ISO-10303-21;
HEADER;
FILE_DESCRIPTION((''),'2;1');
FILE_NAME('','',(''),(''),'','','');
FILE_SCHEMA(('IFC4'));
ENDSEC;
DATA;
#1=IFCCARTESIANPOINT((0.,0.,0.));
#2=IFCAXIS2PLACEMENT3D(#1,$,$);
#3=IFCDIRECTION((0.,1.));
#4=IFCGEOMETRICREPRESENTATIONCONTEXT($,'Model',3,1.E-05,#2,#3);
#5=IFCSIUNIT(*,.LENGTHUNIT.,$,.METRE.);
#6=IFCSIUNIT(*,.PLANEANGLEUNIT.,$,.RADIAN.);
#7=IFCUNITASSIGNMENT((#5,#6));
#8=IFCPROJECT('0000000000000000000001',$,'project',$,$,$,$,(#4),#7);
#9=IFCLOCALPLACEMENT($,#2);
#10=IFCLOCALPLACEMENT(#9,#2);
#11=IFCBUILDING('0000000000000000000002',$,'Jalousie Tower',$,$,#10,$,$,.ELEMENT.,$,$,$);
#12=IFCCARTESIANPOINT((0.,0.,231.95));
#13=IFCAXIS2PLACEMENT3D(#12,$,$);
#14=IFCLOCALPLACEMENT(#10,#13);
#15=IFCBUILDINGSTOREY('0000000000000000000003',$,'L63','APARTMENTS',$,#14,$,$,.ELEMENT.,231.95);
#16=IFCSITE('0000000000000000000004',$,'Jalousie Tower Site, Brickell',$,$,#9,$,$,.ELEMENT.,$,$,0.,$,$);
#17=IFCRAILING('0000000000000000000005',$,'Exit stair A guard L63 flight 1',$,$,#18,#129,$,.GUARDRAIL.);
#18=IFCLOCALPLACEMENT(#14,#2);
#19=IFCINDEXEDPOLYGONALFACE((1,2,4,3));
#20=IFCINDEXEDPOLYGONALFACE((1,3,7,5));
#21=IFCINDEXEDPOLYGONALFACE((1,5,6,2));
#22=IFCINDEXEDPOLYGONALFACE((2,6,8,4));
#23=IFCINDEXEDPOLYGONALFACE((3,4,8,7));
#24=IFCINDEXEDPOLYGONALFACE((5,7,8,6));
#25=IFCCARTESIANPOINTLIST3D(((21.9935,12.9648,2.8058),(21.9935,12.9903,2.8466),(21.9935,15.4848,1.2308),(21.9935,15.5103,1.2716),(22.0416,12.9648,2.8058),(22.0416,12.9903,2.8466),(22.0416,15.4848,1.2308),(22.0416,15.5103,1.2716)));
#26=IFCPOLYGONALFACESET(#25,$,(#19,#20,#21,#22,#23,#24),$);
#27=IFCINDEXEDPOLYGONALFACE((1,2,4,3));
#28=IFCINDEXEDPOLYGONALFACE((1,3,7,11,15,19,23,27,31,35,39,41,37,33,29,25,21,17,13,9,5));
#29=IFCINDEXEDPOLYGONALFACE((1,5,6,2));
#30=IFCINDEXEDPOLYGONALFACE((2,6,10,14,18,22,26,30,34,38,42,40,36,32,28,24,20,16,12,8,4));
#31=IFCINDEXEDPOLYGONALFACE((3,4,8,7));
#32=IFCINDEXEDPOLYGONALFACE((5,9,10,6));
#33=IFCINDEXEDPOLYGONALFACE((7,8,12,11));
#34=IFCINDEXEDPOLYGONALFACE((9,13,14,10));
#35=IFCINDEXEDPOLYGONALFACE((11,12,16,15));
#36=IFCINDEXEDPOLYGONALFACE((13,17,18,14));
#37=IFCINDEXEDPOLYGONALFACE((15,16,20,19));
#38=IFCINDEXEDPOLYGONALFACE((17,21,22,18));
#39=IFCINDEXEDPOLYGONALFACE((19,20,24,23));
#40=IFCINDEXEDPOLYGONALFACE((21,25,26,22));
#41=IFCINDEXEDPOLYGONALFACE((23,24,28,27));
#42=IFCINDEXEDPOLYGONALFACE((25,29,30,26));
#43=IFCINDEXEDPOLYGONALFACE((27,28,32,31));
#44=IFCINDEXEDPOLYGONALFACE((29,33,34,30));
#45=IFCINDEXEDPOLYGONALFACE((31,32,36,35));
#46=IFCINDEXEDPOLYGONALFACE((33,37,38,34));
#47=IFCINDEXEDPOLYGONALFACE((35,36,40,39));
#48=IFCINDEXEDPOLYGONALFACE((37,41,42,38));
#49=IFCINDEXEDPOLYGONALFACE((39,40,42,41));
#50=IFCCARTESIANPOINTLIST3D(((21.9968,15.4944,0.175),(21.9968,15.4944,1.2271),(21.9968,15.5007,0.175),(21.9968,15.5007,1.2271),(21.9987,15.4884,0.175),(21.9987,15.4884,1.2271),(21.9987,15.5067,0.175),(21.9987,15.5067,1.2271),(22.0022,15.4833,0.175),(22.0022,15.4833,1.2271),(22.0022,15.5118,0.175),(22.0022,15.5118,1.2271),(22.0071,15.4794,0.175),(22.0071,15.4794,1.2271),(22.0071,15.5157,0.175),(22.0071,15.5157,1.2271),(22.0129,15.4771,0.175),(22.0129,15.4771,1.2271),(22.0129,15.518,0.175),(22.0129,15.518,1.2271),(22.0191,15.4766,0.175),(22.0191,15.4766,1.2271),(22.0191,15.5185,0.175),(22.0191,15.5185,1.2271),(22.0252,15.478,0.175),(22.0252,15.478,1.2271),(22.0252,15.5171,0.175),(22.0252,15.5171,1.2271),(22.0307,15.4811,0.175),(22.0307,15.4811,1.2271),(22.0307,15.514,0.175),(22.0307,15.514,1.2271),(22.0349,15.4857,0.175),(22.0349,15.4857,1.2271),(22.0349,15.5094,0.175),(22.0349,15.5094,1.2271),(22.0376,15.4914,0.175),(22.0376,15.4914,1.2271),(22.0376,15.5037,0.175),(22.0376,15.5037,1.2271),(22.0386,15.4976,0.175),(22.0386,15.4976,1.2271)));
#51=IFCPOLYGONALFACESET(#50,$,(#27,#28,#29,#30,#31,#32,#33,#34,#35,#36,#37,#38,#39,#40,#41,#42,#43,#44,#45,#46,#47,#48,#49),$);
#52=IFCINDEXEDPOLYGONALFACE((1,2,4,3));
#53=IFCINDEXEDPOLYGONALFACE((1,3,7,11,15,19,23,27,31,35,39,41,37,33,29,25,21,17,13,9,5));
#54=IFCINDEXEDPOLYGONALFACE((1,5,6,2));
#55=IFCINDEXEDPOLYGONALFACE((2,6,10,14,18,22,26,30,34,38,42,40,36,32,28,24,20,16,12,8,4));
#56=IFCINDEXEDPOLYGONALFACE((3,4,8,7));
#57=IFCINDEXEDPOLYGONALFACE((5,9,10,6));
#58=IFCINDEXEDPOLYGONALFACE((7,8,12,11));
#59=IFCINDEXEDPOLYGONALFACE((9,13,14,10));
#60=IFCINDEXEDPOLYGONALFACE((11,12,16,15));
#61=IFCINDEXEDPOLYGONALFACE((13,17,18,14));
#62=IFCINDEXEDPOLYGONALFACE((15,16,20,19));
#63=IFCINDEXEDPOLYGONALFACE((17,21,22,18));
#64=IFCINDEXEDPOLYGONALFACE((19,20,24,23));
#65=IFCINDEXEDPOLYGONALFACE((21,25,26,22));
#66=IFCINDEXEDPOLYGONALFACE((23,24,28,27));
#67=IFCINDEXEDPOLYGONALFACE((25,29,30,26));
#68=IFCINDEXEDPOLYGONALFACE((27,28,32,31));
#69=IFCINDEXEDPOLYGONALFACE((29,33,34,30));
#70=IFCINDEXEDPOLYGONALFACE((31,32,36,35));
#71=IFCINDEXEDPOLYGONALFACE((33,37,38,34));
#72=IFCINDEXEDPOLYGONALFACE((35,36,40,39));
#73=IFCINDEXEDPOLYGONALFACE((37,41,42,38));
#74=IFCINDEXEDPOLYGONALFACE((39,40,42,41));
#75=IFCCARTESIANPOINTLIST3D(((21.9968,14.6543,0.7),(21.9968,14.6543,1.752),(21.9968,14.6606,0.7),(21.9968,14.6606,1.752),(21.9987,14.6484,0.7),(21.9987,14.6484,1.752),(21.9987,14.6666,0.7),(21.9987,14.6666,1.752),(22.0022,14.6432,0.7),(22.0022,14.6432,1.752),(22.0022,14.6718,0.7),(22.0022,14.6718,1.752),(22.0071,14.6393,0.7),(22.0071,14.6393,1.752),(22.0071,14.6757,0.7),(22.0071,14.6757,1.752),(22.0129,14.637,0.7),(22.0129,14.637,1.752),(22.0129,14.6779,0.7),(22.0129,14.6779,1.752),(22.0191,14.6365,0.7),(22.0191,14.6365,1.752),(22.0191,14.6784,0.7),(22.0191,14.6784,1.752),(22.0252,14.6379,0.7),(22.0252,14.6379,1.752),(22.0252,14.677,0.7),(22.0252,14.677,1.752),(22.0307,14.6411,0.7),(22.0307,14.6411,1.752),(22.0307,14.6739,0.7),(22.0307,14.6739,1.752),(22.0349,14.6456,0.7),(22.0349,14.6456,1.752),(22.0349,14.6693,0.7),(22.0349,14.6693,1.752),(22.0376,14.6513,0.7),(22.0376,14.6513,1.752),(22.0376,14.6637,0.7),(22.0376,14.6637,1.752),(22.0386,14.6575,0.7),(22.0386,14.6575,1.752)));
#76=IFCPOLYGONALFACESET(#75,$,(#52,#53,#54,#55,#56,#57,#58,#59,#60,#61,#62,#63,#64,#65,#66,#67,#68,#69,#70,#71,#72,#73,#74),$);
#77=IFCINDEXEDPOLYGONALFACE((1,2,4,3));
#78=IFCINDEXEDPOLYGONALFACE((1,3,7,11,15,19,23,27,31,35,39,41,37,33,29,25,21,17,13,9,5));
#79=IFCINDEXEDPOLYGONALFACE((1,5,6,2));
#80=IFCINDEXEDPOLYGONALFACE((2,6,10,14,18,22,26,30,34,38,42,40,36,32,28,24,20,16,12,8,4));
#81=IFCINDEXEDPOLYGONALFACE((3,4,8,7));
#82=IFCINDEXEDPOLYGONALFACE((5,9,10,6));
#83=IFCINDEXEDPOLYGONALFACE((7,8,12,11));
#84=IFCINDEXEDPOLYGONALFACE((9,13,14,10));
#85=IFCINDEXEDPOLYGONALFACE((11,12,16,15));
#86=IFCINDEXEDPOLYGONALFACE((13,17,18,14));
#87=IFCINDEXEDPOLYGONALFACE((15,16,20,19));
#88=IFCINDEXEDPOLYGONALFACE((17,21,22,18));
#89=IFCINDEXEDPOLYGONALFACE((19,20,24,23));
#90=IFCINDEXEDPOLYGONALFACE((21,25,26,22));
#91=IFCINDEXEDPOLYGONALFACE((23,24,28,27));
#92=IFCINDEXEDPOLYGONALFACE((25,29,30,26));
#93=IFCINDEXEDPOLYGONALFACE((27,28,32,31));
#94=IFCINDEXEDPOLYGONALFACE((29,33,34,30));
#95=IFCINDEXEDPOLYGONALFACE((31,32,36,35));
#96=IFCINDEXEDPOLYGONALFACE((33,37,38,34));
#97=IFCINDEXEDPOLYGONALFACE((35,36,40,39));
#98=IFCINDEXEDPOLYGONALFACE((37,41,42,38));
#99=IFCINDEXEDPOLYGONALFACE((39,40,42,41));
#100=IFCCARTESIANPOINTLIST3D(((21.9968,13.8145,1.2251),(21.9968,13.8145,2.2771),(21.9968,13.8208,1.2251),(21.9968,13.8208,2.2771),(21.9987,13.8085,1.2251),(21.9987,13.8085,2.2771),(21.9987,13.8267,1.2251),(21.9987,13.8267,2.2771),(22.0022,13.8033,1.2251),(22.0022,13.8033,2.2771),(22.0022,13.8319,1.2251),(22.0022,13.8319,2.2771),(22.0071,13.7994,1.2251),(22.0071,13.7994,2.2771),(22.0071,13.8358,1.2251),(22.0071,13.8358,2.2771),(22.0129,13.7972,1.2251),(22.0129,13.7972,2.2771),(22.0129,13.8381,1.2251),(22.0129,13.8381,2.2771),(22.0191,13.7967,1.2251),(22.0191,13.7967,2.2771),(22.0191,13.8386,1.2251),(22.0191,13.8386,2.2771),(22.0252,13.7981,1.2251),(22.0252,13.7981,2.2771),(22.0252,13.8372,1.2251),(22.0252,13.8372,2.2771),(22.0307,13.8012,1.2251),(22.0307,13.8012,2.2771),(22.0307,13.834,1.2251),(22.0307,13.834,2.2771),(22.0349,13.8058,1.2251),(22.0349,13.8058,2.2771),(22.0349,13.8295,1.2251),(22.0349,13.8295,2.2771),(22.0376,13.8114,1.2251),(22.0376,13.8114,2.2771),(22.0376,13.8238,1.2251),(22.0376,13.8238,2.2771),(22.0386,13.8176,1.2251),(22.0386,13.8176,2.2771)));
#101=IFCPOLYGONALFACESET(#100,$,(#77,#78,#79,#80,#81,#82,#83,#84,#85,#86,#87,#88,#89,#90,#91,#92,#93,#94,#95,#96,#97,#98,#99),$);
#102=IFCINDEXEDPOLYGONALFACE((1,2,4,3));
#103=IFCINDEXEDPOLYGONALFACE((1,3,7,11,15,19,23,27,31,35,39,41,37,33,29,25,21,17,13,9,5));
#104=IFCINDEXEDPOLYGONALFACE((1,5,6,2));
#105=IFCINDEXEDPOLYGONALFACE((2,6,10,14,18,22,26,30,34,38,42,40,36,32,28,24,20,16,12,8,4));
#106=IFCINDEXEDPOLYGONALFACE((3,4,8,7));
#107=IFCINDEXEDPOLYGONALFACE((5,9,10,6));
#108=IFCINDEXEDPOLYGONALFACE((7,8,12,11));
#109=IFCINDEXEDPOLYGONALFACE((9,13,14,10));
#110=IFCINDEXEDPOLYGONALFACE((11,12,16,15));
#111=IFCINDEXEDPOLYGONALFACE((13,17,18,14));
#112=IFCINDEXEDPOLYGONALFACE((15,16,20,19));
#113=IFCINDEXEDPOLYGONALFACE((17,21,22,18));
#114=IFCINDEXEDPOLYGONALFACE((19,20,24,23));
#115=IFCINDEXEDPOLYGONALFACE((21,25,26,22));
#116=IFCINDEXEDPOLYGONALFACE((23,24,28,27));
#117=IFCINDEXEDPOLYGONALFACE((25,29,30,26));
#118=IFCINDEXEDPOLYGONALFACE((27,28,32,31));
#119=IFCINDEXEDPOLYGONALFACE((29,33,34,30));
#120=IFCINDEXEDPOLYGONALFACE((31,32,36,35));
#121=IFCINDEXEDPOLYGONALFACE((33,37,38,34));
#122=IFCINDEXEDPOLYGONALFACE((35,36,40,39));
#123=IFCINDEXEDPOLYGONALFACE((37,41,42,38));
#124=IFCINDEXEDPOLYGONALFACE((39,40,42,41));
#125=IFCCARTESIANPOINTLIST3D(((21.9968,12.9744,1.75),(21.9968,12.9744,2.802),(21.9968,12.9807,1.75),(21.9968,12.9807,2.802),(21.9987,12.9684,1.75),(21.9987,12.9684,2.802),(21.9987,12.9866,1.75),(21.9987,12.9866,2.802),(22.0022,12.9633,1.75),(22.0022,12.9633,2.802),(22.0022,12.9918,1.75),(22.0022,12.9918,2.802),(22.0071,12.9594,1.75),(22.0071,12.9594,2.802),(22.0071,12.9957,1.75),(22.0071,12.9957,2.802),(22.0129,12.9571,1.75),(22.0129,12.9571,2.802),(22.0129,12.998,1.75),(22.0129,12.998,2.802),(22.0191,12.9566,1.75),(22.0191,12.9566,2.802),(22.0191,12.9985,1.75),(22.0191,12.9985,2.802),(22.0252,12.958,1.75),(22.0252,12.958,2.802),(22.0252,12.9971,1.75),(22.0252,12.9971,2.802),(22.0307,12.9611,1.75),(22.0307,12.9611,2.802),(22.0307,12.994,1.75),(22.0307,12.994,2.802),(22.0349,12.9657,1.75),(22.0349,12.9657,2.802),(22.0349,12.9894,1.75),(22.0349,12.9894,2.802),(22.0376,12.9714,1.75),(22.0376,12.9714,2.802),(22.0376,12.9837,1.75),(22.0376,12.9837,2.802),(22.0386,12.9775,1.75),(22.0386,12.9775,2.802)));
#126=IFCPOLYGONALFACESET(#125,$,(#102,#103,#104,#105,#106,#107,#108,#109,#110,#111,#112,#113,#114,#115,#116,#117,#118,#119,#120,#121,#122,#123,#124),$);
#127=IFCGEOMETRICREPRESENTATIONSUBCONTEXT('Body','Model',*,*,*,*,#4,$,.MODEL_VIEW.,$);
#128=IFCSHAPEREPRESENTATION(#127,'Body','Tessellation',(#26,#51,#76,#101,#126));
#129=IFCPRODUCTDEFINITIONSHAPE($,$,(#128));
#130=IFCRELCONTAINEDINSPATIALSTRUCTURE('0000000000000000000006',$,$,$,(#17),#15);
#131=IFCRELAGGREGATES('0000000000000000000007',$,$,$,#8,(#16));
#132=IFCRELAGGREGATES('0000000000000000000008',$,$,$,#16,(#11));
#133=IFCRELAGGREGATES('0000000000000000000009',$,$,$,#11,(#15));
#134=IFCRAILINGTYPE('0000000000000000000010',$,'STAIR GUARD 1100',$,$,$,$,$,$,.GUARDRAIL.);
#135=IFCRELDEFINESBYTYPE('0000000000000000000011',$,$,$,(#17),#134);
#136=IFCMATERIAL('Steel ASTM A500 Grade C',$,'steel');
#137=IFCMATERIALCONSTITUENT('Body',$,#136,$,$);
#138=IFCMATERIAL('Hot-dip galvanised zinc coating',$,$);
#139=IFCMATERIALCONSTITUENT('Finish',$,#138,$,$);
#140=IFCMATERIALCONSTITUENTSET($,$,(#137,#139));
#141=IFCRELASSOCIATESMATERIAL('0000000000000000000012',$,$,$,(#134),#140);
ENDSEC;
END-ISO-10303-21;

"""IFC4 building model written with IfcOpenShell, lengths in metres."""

from ifc_helpers import new_model, si_unit, direction, frame, origin, origin_2d, place, context, subcontext, project, spatial, rectangle, circle, extrude, material, constituent, constituent_set, type_object, element, save


model = new_model("IFC4")

# Units and contexts
model_context = context("Model", 3, precision=1e-05, world=origin(), true_north=direction((0.0, 1.0)))
body_context = subcontext(model_context, "Body", "Model", "MODEL_VIEW")
ifc_project = project(units=[si_unit("LENGTHUNIT", "METRE"), si_unit("PLANEANGLEUNIT", "RADIAN")], contexts=[model_context])

# Site, building, storey
site_placement = place(None, origin())
site = spatial("IfcSite", under=ifc_project, at=site_placement, Name="Jalousie Tower Site, Brickell", CompositionType="ELEMENT", RefElevation=0.0)
building_placement = place(site_placement, origin())
building = spatial("IfcBuilding", under=site, at=building_placement, Name="Jalousie Tower", CompositionType="ELEMENT")
storey_placement = place(building_placement, frame((0.0, 0.0, 231.95)))
storey = spatial("IfcBuildingStorey", under=building, at=storey_placement, Name="L63", Description="APARTMENTS", CompositionType="ELEMENT", Elevation=231.95)

# Railing
ifc_material_1 = material(Name="Steel ASTM A500 Grade C", Category="steel")
ifc_constituent_1 = constituent(ifc_material_1, Name="Body")
ifc_material_2 = material(Name="Hot-dip galvanised zinc coating")
ifc_constituent_2 = constituent(ifc_material_2, Name="Finish")
ifc_constituent_set_1 = constituent_set(constituents=[ifc_constituent_1, ifc_constituent_2])
railing_type_1 = type_object("IfcRailingType", Name="STAIR GUARD 1100", PredefinedType="GUARDRAIL", material=ifc_constituent_set_1)
railing_1_placement = place(storey_placement, frame((22.0176, 15.4976, 0.175)))
element("IfcRailing", 1, at=railing_1_placement, inside=storey, type_object=railing_type_1, Name="Exit stair A guard L63 flight 1", PredefinedType="GUARDRAIL", context=body_context, shape_type="SweptSolid", body=[
    extrude(rectangle(XDim=0.0481, YDim=0.0481, at=origin_2d()), frame((0.0, 0.0, 1.0762), z_axis=(0.0, -0.848008, 0.529984), x_axis=(1.0, 0.0, 0.0)), (0.0, 0.0, 1.0), 2.9717),
    extrude(circle(Radius=0.021, at=origin_2d()), origin(), (0.0, 0.0, 1.0), 1.052),
    extrude(circle(Radius=0.021, at=origin_2d()), frame((0.0, -0.8401, 0.5249)), (0.0, 0.0, 1.0), 1.052),
    extrude(circle(Radius=0.021, at=origin_2d()), frame((0.0, -1.6799, 1.05)), (0.0, 0.0, 1.0), 1.052),
    extrude(circle(Radius=0.021, at=origin_2d()), frame((0.0, -2.52, 1.575)), (0.0, 0.0, 1.0), 1.052),
])

save(model, "model.ifc")
